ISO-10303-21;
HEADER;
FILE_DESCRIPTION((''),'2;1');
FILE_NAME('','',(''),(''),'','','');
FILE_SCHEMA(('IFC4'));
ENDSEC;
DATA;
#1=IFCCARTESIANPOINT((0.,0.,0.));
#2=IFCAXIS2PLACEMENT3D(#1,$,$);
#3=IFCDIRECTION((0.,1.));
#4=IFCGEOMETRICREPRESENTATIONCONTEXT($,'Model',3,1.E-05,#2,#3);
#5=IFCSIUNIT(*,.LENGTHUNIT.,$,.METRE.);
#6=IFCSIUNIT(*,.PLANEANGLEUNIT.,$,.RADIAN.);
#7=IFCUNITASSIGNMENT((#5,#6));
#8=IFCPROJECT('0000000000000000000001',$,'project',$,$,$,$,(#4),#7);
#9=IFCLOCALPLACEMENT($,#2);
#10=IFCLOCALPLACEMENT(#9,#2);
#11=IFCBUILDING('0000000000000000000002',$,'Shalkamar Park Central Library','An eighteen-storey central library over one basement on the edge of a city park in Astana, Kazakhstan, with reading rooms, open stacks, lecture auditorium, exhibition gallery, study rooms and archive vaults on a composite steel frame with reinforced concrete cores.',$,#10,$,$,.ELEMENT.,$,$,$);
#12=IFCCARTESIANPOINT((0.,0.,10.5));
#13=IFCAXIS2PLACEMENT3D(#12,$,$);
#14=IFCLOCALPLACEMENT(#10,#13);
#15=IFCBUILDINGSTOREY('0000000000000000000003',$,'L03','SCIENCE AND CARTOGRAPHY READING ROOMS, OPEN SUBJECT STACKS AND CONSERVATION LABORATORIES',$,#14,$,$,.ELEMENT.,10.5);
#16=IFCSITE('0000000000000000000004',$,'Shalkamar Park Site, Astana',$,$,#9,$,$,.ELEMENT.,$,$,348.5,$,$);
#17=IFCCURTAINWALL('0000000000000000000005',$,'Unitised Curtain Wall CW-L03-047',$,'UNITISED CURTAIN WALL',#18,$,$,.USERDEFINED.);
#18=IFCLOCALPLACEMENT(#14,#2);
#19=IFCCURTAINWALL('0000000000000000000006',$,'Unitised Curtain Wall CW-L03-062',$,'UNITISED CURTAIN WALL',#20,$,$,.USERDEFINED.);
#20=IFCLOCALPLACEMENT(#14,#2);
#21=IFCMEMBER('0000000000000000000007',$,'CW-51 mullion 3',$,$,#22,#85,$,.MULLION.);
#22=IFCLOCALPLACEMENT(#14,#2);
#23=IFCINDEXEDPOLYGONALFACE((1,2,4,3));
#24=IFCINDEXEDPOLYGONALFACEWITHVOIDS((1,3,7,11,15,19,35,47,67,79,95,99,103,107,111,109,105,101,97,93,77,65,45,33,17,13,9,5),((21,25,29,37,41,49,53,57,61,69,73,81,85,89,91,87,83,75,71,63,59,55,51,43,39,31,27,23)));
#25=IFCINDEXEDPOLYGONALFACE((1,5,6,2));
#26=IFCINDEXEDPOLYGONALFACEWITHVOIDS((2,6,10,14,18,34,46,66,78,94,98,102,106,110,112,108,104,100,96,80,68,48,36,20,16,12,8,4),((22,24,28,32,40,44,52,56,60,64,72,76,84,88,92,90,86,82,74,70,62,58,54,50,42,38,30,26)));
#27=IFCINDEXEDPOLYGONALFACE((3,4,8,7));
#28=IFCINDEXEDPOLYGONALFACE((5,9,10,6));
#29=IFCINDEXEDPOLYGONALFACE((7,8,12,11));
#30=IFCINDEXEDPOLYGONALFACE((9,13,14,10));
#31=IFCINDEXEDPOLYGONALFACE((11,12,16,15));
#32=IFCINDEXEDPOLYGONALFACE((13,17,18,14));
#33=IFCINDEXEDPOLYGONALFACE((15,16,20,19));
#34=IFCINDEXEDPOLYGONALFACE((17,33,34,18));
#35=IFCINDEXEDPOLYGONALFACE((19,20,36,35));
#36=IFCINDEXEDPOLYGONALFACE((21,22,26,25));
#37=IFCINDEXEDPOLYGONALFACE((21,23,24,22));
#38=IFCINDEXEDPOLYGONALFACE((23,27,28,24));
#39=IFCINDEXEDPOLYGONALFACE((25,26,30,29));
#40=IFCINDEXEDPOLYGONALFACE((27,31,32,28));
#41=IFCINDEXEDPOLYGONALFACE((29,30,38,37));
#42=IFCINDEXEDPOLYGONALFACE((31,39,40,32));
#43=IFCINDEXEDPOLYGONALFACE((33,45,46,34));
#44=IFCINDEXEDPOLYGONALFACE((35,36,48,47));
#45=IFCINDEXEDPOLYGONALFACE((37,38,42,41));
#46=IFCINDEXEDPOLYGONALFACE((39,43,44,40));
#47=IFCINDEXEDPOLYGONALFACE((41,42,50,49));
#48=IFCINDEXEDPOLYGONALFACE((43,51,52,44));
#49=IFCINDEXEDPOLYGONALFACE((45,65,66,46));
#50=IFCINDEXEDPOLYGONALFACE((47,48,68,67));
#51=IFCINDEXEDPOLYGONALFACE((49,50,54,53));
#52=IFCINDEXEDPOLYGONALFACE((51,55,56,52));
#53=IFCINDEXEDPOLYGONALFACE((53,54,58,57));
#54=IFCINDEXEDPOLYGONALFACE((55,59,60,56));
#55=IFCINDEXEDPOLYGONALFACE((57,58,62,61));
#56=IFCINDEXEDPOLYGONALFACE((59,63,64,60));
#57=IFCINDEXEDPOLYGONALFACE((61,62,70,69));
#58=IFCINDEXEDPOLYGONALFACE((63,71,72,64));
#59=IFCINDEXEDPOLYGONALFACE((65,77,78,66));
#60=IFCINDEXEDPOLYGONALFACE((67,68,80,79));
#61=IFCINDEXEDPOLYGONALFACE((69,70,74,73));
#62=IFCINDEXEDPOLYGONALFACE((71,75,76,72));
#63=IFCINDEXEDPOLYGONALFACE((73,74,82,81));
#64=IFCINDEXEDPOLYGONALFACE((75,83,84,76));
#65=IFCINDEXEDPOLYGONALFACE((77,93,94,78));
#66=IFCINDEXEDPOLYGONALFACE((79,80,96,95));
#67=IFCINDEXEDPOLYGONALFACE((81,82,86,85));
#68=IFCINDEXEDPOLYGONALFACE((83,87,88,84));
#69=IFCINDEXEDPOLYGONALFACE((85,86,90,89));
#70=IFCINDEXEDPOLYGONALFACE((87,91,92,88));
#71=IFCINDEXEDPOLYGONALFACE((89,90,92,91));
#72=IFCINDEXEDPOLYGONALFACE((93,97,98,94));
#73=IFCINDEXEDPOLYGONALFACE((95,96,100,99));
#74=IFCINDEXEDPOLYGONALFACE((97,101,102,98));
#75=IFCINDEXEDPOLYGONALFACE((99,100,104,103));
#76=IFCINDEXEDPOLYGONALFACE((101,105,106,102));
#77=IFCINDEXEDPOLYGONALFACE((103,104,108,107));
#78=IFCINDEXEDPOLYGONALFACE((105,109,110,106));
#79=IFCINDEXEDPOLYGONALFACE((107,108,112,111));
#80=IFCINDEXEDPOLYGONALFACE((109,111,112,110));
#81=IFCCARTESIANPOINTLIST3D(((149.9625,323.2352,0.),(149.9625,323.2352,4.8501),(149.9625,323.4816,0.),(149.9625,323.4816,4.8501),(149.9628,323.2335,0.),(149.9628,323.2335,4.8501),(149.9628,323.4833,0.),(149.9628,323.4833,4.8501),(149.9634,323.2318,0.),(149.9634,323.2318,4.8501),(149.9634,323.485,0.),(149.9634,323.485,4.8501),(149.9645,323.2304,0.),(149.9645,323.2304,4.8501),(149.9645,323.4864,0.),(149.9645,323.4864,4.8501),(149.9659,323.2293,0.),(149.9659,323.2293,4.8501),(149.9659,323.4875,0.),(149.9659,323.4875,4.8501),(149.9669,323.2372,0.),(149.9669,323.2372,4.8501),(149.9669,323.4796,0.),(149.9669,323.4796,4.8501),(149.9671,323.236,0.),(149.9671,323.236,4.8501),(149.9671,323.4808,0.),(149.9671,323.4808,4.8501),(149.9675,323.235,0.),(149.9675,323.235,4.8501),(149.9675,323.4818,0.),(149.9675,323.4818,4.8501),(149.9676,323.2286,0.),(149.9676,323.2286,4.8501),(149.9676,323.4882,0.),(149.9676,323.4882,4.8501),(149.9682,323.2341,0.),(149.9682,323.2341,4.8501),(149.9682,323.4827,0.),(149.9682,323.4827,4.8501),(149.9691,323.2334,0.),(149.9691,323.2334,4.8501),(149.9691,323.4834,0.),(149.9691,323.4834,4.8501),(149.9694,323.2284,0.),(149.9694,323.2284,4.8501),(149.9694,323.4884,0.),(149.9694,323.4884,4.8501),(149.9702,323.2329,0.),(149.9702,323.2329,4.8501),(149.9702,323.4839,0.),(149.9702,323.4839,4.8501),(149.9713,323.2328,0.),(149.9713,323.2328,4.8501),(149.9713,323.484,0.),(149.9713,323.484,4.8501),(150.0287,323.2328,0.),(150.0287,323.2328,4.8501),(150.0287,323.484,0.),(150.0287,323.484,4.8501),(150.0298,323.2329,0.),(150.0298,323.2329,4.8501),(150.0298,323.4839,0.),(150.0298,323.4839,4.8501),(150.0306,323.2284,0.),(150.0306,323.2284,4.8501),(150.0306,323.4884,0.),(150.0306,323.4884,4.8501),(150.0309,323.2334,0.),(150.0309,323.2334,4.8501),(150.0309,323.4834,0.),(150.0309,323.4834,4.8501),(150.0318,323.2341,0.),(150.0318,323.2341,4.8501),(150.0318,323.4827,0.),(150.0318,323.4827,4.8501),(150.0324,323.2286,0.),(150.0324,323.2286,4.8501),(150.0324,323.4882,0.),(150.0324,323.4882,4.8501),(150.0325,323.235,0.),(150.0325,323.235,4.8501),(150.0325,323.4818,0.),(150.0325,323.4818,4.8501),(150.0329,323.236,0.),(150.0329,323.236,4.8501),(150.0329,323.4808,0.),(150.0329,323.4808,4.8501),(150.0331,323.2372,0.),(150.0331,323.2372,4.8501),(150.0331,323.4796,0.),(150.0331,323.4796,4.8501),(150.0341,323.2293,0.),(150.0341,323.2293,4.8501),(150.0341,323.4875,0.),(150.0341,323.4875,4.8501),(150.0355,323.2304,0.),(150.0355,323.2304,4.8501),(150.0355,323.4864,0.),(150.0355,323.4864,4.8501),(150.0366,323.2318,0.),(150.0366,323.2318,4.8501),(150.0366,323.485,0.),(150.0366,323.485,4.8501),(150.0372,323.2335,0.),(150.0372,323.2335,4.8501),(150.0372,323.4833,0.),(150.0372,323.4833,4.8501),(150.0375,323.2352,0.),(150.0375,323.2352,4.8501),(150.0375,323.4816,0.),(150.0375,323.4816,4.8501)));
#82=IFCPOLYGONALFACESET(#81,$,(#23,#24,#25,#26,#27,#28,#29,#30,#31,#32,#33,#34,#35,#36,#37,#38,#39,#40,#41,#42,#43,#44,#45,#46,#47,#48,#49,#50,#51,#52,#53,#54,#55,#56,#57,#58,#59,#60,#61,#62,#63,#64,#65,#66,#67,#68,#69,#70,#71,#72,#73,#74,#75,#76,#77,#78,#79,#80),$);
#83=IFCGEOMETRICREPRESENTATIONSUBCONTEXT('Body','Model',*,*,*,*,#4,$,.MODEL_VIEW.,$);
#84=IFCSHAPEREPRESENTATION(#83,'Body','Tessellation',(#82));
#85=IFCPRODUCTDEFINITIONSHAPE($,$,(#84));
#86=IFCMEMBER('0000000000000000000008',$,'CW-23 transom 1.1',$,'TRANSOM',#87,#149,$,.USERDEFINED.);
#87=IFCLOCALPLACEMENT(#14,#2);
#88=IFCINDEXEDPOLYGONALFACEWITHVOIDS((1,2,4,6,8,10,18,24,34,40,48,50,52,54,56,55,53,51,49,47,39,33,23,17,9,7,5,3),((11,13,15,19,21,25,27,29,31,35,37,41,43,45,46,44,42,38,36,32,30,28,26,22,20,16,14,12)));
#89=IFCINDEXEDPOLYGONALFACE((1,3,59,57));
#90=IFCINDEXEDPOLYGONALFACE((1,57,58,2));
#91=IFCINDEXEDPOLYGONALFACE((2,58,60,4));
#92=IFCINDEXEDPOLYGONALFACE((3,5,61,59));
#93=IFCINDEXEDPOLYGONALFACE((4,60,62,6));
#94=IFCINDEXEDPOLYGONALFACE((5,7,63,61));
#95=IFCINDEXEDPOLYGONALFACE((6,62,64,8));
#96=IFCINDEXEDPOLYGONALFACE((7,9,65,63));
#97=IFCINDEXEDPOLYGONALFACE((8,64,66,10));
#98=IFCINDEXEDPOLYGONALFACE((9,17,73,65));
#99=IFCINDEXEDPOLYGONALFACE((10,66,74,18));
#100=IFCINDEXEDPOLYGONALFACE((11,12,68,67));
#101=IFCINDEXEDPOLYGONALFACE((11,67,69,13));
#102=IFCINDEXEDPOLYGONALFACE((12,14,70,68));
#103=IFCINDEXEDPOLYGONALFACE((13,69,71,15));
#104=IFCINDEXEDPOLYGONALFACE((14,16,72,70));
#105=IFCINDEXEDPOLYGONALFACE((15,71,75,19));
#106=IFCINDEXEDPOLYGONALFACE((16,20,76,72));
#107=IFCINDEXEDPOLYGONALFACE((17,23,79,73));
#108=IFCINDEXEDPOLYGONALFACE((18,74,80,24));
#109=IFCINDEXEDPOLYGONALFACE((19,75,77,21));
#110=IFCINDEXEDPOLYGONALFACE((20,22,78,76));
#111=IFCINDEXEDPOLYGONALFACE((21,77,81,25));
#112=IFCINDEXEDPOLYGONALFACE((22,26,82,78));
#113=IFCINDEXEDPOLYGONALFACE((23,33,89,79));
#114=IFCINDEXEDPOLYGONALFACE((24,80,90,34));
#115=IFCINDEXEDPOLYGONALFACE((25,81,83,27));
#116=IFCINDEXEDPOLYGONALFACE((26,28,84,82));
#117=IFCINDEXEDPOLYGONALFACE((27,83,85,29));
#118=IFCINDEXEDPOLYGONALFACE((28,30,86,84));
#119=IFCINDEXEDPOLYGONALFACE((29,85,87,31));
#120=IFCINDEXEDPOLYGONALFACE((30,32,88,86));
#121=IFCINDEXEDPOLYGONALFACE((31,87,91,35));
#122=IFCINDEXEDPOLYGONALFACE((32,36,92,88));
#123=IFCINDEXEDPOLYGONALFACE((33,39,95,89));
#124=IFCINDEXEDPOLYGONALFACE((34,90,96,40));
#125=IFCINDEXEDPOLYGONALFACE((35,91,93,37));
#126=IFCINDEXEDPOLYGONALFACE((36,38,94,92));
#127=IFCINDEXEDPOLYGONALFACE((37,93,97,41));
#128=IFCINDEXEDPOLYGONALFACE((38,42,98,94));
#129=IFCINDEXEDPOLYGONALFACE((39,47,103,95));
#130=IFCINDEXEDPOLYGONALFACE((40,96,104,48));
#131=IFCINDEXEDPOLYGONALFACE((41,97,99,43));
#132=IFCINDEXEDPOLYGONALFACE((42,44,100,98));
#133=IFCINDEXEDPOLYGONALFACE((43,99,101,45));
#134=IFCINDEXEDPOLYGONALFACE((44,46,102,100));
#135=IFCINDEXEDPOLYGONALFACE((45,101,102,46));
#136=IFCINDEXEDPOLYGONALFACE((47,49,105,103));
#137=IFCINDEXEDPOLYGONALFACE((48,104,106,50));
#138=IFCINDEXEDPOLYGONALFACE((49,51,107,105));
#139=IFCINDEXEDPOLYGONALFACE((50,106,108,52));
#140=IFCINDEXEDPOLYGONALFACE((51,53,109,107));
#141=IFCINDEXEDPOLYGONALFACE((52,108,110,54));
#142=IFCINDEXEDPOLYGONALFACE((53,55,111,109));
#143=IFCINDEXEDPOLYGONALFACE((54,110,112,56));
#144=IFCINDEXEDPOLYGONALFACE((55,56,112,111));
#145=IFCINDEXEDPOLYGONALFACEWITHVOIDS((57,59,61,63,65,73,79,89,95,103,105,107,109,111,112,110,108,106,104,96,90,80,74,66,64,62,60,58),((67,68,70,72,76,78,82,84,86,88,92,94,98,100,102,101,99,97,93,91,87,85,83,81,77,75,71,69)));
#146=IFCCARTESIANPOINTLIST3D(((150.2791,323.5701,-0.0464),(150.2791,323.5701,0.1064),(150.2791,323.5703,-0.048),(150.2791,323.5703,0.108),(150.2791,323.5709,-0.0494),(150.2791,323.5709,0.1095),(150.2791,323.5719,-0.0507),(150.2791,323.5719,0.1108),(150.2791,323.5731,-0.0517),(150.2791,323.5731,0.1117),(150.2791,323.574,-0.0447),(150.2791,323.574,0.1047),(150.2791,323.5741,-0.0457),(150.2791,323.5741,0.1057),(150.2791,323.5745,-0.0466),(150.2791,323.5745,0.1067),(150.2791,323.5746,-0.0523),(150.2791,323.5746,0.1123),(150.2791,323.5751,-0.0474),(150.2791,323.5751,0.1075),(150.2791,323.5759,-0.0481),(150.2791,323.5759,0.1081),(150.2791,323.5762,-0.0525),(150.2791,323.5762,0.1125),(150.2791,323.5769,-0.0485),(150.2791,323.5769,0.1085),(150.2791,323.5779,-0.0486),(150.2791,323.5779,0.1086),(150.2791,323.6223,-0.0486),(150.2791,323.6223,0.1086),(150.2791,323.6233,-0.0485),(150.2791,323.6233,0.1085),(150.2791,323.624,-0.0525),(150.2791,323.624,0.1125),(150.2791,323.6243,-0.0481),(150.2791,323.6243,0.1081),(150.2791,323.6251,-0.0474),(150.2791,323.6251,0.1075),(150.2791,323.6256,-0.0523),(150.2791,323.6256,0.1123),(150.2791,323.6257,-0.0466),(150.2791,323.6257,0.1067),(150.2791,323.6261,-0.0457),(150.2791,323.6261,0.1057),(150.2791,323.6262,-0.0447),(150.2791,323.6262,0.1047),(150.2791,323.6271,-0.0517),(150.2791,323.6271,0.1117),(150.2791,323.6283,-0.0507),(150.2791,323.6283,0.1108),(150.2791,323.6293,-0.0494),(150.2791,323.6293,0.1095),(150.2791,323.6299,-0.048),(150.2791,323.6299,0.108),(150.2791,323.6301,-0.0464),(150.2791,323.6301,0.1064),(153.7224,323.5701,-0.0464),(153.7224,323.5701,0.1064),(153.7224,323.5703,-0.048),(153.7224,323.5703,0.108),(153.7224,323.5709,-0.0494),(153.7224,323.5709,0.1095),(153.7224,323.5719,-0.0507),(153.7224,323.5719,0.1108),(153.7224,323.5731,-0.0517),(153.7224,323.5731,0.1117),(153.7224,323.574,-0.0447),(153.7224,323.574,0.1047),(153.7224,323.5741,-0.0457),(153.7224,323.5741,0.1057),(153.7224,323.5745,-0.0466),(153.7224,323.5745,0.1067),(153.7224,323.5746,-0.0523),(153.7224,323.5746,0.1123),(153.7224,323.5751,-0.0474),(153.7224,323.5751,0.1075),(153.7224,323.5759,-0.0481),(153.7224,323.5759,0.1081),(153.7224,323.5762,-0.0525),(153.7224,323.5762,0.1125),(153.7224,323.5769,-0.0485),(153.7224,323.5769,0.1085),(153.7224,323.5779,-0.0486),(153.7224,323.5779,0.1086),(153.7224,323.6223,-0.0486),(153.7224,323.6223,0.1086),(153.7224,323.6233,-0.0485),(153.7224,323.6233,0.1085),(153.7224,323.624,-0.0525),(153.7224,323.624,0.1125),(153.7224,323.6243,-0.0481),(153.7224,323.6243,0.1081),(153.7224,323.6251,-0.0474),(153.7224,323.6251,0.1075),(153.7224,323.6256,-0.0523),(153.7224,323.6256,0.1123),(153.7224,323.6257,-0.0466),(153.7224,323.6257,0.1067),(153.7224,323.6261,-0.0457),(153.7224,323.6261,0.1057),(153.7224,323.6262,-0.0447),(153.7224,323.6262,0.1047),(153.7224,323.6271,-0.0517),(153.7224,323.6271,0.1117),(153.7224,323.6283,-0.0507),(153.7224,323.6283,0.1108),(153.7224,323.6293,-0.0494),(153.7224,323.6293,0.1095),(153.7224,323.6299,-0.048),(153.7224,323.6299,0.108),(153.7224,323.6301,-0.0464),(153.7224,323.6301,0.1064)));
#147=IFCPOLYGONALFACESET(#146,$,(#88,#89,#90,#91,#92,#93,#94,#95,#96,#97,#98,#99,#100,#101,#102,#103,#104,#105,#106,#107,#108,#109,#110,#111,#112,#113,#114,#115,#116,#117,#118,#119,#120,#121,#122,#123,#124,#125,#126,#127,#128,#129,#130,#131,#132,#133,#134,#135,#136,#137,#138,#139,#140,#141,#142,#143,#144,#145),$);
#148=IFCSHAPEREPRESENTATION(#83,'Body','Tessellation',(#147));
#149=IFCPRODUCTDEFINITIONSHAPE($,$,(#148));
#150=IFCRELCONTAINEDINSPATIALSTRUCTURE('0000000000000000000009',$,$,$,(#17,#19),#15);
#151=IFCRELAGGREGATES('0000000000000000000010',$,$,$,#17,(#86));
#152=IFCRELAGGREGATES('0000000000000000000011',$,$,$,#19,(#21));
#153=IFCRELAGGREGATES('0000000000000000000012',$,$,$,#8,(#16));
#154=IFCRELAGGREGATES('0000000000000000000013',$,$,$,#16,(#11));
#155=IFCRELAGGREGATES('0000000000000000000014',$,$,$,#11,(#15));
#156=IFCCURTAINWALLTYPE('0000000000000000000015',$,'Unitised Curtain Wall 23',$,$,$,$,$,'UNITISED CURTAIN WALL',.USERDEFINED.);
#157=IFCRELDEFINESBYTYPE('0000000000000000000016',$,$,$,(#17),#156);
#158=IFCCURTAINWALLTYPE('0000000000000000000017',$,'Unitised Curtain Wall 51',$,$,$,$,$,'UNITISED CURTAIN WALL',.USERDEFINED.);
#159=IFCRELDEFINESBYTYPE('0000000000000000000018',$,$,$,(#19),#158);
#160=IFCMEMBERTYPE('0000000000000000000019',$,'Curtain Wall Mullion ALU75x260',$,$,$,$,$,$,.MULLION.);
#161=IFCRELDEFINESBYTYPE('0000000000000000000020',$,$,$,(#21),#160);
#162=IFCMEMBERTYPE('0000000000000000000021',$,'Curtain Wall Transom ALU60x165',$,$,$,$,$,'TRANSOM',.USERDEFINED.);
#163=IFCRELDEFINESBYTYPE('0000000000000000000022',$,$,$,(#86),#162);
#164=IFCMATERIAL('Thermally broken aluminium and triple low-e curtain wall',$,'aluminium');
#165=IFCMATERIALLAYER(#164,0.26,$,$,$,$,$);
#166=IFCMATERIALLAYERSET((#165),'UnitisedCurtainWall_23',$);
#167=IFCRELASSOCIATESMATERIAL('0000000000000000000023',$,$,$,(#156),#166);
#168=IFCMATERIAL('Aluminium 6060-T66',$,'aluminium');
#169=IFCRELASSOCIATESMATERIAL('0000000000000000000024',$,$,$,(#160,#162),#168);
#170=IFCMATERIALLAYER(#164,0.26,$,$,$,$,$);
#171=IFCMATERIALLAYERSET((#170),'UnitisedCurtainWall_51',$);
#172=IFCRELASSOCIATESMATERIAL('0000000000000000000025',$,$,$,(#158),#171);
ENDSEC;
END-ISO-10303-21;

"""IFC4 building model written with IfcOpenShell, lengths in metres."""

from ifc_helpers import new_model, si_unit, direction, frame, origin, origin_2d, place, context, subcontext, project, spatial, hollow_rectangle, extrude, material, layer, layer_set, material_profile, profile_set, type_object, element, aggregate, save


model = new_model("IFC4")

# Units and contexts
model_context = context("Model", 3, precision=1e-05, world=origin(), true_north=direction((0.0, 1.0)))
body_context = subcontext(model_context, "Body", "Model", "MODEL_VIEW")
ifc_project = project(units=[si_unit("LENGTHUNIT", "METRE"), si_unit("PLANEANGLEUNIT", "RADIAN")], contexts=[model_context])

# Site, building, storey
site_placement = place(None, origin())
site = spatial("IfcSite", under=ifc_project, at=site_placement, Name="Shalkamar Park Site, Astana", CompositionType="ELEMENT", RefElevation=348.5)
building_placement = place(site_placement, origin())
building = spatial("IfcBuilding", under=site, at=building_placement, Name="Shalkamar Park Central Library", Description="An eighteen-storey central library over one basement on the edge of a city park in Astana, Kazakhstan, with reading rooms, open stacks, lecture auditorium, exhibition gallery, study rooms and archive vaults on a composite steel frame with reinforced concrete cores.", CompositionType="ELEMENT")
storey_placement = place(building_placement, frame((0.0, 0.0, 10.5)))
storey = spatial("IfcBuildingStorey", under=building, at=storey_placement, Name="L03", Description="SCIENCE AND CARTOGRAPHY READING ROOMS, OPEN SUBJECT STACKS AND CONSERVATION LABORATORIES", CompositionType="ELEMENT", Elevation=10.5)

# Curtain wall
ifc_material_1 = material(Name="Thermally broken aluminium and triple low-e curtain wall", Category="aluminium")
ifc_layer_1 = layer(ifc_material_1, 0.26)
ifc_layer_set_1 = layer_set([ifc_layer_1], Name="UnitisedCurtainWall_23")
curtain_wall_type_1 = type_object("IfcCurtainWallType", Name="Unitised Curtain Wall 23", ElementType="UNITISED CURTAIN WALL", PredefinedType="USERDEFINED", material=ifc_layer_set_1)
curtain_wall_1_placement = place(storey_placement, origin())
curtain_wall_1 = element("IfcCurtainWall", 1, at=curtain_wall_1_placement, inside=storey, type_object=curtain_wall_type_1, Name="Unitised Curtain Wall CW-L03-047", ObjectType="UNITISED CURTAIN WALL", PredefinedType="USERDEFINED")
ifc_material_2 = material(Name="Aluminium 6060-T66", Category="aluminium")
ifc_material_profile_1 = material_profile(ifc_material_2, hollow_rectangle(XDim=0.075, YDim=0.26, WallThickness=0.0044, InnerFilletRadius=0.0044, OuterFilletRadius=0.0068, at=origin_2d()), Name="ALU 75x260x4.5")
ifc_profile_set_1 = profile_set([ifc_material_profile_1], Name="Aluminium 6060-T66")
member_type_1 = type_object("IfcMemberType", Name="Curtain Wall Mullion ALU75x260", PredefinedType="MULLION", material=ifc_profile_set_1)

# Curtain wall, member
ifc_layer_2 = layer(ifc_material_1, 0.26)
ifc_layer_set_2 = layer_set([ifc_layer_2], Name="UnitisedCurtainWall_51")
curtain_wall_type_2 = type_object("IfcCurtainWallType", Name="Unitised Curtain Wall 51", ElementType="UNITISED CURTAIN WALL", PredefinedType="USERDEFINED", material=ifc_layer_set_2)
curtain_wall_2_placement = place(storey_placement, origin())
curtain_wall_2 = element("IfcCurtainWall", 2, at=curtain_wall_2_placement, inside=storey, type_object=curtain_wall_type_2, Name="Unitised Curtain Wall CW-L03-062", ObjectType="UNITISED CURTAIN WALL", PredefinedType="USERDEFINED")
member_1_placement = place(storey_placement, frame((150.0, 323.3584, 0.0), z_axis=(0.0, 0.0, 1.0), x_axis=(-1.0, 0.0, 0.0)))
member_1 = element("IfcMember", 3, at=member_1_placement, type_object=member_type_1, Name="CW-51 mullion 3", PredefinedType="MULLION", context=body_context, shape_type="SweptSolid", body=[
    extrude(hollow_rectangle(XDim=0.075, YDim=0.26, WallThickness=0.0044, InnerFilletRadius=0.0044, OuterFilletRadius=0.0068, at=origin_2d()), origin(), (0.0, 0.0, 1.0), 4.8501),
])

# Member
ifc_material_profile_2 = material_profile(ifc_material_2, hollow_rectangle(XDim=0.0601, YDim=0.165, WallThickness=0.0039, InnerFilletRadius=0.0039, OuterFilletRadius=0.0061, at=origin_2d()), Name="ALU 60x165x4")
ifc_profile_set_2 = profile_set([ifc_material_profile_2], Name="Aluminium 6060-T66")
member_type_2 = type_object("IfcMemberType", Name="Curtain Wall Transom ALU60x165", ElementType="TRANSOM", PredefinedType="USERDEFINED", material=ifc_profile_set_2)
member_2_placement = place(storey_placement, frame((150.2791, 323.6001, 0.03), z_axis=(1.0, 0.0, 0.0), x_axis=(0.0, 1.0, 0.0)))
member_2 = element("IfcMember", 4, at=member_2_placement, type_object=member_type_2, Name="CW-23 transom 1.1", ObjectType="TRANSOM", PredefinedType="USERDEFINED", context=body_context, shape_type="SweptSolid", body=[
    extrude(hollow_rectangle(XDim=0.0601, YDim=0.165, WallThickness=0.0039, InnerFilletRadius=0.0039, OuterFilletRadius=0.0061, at=origin_2d()), origin(), (0.0, 0.0, 1.0), 3.4434),
])

aggregate(curtain_wall_1, [member_2])
aggregate(curtain_wall_2, [member_1])

save(model, "model.ifc")
